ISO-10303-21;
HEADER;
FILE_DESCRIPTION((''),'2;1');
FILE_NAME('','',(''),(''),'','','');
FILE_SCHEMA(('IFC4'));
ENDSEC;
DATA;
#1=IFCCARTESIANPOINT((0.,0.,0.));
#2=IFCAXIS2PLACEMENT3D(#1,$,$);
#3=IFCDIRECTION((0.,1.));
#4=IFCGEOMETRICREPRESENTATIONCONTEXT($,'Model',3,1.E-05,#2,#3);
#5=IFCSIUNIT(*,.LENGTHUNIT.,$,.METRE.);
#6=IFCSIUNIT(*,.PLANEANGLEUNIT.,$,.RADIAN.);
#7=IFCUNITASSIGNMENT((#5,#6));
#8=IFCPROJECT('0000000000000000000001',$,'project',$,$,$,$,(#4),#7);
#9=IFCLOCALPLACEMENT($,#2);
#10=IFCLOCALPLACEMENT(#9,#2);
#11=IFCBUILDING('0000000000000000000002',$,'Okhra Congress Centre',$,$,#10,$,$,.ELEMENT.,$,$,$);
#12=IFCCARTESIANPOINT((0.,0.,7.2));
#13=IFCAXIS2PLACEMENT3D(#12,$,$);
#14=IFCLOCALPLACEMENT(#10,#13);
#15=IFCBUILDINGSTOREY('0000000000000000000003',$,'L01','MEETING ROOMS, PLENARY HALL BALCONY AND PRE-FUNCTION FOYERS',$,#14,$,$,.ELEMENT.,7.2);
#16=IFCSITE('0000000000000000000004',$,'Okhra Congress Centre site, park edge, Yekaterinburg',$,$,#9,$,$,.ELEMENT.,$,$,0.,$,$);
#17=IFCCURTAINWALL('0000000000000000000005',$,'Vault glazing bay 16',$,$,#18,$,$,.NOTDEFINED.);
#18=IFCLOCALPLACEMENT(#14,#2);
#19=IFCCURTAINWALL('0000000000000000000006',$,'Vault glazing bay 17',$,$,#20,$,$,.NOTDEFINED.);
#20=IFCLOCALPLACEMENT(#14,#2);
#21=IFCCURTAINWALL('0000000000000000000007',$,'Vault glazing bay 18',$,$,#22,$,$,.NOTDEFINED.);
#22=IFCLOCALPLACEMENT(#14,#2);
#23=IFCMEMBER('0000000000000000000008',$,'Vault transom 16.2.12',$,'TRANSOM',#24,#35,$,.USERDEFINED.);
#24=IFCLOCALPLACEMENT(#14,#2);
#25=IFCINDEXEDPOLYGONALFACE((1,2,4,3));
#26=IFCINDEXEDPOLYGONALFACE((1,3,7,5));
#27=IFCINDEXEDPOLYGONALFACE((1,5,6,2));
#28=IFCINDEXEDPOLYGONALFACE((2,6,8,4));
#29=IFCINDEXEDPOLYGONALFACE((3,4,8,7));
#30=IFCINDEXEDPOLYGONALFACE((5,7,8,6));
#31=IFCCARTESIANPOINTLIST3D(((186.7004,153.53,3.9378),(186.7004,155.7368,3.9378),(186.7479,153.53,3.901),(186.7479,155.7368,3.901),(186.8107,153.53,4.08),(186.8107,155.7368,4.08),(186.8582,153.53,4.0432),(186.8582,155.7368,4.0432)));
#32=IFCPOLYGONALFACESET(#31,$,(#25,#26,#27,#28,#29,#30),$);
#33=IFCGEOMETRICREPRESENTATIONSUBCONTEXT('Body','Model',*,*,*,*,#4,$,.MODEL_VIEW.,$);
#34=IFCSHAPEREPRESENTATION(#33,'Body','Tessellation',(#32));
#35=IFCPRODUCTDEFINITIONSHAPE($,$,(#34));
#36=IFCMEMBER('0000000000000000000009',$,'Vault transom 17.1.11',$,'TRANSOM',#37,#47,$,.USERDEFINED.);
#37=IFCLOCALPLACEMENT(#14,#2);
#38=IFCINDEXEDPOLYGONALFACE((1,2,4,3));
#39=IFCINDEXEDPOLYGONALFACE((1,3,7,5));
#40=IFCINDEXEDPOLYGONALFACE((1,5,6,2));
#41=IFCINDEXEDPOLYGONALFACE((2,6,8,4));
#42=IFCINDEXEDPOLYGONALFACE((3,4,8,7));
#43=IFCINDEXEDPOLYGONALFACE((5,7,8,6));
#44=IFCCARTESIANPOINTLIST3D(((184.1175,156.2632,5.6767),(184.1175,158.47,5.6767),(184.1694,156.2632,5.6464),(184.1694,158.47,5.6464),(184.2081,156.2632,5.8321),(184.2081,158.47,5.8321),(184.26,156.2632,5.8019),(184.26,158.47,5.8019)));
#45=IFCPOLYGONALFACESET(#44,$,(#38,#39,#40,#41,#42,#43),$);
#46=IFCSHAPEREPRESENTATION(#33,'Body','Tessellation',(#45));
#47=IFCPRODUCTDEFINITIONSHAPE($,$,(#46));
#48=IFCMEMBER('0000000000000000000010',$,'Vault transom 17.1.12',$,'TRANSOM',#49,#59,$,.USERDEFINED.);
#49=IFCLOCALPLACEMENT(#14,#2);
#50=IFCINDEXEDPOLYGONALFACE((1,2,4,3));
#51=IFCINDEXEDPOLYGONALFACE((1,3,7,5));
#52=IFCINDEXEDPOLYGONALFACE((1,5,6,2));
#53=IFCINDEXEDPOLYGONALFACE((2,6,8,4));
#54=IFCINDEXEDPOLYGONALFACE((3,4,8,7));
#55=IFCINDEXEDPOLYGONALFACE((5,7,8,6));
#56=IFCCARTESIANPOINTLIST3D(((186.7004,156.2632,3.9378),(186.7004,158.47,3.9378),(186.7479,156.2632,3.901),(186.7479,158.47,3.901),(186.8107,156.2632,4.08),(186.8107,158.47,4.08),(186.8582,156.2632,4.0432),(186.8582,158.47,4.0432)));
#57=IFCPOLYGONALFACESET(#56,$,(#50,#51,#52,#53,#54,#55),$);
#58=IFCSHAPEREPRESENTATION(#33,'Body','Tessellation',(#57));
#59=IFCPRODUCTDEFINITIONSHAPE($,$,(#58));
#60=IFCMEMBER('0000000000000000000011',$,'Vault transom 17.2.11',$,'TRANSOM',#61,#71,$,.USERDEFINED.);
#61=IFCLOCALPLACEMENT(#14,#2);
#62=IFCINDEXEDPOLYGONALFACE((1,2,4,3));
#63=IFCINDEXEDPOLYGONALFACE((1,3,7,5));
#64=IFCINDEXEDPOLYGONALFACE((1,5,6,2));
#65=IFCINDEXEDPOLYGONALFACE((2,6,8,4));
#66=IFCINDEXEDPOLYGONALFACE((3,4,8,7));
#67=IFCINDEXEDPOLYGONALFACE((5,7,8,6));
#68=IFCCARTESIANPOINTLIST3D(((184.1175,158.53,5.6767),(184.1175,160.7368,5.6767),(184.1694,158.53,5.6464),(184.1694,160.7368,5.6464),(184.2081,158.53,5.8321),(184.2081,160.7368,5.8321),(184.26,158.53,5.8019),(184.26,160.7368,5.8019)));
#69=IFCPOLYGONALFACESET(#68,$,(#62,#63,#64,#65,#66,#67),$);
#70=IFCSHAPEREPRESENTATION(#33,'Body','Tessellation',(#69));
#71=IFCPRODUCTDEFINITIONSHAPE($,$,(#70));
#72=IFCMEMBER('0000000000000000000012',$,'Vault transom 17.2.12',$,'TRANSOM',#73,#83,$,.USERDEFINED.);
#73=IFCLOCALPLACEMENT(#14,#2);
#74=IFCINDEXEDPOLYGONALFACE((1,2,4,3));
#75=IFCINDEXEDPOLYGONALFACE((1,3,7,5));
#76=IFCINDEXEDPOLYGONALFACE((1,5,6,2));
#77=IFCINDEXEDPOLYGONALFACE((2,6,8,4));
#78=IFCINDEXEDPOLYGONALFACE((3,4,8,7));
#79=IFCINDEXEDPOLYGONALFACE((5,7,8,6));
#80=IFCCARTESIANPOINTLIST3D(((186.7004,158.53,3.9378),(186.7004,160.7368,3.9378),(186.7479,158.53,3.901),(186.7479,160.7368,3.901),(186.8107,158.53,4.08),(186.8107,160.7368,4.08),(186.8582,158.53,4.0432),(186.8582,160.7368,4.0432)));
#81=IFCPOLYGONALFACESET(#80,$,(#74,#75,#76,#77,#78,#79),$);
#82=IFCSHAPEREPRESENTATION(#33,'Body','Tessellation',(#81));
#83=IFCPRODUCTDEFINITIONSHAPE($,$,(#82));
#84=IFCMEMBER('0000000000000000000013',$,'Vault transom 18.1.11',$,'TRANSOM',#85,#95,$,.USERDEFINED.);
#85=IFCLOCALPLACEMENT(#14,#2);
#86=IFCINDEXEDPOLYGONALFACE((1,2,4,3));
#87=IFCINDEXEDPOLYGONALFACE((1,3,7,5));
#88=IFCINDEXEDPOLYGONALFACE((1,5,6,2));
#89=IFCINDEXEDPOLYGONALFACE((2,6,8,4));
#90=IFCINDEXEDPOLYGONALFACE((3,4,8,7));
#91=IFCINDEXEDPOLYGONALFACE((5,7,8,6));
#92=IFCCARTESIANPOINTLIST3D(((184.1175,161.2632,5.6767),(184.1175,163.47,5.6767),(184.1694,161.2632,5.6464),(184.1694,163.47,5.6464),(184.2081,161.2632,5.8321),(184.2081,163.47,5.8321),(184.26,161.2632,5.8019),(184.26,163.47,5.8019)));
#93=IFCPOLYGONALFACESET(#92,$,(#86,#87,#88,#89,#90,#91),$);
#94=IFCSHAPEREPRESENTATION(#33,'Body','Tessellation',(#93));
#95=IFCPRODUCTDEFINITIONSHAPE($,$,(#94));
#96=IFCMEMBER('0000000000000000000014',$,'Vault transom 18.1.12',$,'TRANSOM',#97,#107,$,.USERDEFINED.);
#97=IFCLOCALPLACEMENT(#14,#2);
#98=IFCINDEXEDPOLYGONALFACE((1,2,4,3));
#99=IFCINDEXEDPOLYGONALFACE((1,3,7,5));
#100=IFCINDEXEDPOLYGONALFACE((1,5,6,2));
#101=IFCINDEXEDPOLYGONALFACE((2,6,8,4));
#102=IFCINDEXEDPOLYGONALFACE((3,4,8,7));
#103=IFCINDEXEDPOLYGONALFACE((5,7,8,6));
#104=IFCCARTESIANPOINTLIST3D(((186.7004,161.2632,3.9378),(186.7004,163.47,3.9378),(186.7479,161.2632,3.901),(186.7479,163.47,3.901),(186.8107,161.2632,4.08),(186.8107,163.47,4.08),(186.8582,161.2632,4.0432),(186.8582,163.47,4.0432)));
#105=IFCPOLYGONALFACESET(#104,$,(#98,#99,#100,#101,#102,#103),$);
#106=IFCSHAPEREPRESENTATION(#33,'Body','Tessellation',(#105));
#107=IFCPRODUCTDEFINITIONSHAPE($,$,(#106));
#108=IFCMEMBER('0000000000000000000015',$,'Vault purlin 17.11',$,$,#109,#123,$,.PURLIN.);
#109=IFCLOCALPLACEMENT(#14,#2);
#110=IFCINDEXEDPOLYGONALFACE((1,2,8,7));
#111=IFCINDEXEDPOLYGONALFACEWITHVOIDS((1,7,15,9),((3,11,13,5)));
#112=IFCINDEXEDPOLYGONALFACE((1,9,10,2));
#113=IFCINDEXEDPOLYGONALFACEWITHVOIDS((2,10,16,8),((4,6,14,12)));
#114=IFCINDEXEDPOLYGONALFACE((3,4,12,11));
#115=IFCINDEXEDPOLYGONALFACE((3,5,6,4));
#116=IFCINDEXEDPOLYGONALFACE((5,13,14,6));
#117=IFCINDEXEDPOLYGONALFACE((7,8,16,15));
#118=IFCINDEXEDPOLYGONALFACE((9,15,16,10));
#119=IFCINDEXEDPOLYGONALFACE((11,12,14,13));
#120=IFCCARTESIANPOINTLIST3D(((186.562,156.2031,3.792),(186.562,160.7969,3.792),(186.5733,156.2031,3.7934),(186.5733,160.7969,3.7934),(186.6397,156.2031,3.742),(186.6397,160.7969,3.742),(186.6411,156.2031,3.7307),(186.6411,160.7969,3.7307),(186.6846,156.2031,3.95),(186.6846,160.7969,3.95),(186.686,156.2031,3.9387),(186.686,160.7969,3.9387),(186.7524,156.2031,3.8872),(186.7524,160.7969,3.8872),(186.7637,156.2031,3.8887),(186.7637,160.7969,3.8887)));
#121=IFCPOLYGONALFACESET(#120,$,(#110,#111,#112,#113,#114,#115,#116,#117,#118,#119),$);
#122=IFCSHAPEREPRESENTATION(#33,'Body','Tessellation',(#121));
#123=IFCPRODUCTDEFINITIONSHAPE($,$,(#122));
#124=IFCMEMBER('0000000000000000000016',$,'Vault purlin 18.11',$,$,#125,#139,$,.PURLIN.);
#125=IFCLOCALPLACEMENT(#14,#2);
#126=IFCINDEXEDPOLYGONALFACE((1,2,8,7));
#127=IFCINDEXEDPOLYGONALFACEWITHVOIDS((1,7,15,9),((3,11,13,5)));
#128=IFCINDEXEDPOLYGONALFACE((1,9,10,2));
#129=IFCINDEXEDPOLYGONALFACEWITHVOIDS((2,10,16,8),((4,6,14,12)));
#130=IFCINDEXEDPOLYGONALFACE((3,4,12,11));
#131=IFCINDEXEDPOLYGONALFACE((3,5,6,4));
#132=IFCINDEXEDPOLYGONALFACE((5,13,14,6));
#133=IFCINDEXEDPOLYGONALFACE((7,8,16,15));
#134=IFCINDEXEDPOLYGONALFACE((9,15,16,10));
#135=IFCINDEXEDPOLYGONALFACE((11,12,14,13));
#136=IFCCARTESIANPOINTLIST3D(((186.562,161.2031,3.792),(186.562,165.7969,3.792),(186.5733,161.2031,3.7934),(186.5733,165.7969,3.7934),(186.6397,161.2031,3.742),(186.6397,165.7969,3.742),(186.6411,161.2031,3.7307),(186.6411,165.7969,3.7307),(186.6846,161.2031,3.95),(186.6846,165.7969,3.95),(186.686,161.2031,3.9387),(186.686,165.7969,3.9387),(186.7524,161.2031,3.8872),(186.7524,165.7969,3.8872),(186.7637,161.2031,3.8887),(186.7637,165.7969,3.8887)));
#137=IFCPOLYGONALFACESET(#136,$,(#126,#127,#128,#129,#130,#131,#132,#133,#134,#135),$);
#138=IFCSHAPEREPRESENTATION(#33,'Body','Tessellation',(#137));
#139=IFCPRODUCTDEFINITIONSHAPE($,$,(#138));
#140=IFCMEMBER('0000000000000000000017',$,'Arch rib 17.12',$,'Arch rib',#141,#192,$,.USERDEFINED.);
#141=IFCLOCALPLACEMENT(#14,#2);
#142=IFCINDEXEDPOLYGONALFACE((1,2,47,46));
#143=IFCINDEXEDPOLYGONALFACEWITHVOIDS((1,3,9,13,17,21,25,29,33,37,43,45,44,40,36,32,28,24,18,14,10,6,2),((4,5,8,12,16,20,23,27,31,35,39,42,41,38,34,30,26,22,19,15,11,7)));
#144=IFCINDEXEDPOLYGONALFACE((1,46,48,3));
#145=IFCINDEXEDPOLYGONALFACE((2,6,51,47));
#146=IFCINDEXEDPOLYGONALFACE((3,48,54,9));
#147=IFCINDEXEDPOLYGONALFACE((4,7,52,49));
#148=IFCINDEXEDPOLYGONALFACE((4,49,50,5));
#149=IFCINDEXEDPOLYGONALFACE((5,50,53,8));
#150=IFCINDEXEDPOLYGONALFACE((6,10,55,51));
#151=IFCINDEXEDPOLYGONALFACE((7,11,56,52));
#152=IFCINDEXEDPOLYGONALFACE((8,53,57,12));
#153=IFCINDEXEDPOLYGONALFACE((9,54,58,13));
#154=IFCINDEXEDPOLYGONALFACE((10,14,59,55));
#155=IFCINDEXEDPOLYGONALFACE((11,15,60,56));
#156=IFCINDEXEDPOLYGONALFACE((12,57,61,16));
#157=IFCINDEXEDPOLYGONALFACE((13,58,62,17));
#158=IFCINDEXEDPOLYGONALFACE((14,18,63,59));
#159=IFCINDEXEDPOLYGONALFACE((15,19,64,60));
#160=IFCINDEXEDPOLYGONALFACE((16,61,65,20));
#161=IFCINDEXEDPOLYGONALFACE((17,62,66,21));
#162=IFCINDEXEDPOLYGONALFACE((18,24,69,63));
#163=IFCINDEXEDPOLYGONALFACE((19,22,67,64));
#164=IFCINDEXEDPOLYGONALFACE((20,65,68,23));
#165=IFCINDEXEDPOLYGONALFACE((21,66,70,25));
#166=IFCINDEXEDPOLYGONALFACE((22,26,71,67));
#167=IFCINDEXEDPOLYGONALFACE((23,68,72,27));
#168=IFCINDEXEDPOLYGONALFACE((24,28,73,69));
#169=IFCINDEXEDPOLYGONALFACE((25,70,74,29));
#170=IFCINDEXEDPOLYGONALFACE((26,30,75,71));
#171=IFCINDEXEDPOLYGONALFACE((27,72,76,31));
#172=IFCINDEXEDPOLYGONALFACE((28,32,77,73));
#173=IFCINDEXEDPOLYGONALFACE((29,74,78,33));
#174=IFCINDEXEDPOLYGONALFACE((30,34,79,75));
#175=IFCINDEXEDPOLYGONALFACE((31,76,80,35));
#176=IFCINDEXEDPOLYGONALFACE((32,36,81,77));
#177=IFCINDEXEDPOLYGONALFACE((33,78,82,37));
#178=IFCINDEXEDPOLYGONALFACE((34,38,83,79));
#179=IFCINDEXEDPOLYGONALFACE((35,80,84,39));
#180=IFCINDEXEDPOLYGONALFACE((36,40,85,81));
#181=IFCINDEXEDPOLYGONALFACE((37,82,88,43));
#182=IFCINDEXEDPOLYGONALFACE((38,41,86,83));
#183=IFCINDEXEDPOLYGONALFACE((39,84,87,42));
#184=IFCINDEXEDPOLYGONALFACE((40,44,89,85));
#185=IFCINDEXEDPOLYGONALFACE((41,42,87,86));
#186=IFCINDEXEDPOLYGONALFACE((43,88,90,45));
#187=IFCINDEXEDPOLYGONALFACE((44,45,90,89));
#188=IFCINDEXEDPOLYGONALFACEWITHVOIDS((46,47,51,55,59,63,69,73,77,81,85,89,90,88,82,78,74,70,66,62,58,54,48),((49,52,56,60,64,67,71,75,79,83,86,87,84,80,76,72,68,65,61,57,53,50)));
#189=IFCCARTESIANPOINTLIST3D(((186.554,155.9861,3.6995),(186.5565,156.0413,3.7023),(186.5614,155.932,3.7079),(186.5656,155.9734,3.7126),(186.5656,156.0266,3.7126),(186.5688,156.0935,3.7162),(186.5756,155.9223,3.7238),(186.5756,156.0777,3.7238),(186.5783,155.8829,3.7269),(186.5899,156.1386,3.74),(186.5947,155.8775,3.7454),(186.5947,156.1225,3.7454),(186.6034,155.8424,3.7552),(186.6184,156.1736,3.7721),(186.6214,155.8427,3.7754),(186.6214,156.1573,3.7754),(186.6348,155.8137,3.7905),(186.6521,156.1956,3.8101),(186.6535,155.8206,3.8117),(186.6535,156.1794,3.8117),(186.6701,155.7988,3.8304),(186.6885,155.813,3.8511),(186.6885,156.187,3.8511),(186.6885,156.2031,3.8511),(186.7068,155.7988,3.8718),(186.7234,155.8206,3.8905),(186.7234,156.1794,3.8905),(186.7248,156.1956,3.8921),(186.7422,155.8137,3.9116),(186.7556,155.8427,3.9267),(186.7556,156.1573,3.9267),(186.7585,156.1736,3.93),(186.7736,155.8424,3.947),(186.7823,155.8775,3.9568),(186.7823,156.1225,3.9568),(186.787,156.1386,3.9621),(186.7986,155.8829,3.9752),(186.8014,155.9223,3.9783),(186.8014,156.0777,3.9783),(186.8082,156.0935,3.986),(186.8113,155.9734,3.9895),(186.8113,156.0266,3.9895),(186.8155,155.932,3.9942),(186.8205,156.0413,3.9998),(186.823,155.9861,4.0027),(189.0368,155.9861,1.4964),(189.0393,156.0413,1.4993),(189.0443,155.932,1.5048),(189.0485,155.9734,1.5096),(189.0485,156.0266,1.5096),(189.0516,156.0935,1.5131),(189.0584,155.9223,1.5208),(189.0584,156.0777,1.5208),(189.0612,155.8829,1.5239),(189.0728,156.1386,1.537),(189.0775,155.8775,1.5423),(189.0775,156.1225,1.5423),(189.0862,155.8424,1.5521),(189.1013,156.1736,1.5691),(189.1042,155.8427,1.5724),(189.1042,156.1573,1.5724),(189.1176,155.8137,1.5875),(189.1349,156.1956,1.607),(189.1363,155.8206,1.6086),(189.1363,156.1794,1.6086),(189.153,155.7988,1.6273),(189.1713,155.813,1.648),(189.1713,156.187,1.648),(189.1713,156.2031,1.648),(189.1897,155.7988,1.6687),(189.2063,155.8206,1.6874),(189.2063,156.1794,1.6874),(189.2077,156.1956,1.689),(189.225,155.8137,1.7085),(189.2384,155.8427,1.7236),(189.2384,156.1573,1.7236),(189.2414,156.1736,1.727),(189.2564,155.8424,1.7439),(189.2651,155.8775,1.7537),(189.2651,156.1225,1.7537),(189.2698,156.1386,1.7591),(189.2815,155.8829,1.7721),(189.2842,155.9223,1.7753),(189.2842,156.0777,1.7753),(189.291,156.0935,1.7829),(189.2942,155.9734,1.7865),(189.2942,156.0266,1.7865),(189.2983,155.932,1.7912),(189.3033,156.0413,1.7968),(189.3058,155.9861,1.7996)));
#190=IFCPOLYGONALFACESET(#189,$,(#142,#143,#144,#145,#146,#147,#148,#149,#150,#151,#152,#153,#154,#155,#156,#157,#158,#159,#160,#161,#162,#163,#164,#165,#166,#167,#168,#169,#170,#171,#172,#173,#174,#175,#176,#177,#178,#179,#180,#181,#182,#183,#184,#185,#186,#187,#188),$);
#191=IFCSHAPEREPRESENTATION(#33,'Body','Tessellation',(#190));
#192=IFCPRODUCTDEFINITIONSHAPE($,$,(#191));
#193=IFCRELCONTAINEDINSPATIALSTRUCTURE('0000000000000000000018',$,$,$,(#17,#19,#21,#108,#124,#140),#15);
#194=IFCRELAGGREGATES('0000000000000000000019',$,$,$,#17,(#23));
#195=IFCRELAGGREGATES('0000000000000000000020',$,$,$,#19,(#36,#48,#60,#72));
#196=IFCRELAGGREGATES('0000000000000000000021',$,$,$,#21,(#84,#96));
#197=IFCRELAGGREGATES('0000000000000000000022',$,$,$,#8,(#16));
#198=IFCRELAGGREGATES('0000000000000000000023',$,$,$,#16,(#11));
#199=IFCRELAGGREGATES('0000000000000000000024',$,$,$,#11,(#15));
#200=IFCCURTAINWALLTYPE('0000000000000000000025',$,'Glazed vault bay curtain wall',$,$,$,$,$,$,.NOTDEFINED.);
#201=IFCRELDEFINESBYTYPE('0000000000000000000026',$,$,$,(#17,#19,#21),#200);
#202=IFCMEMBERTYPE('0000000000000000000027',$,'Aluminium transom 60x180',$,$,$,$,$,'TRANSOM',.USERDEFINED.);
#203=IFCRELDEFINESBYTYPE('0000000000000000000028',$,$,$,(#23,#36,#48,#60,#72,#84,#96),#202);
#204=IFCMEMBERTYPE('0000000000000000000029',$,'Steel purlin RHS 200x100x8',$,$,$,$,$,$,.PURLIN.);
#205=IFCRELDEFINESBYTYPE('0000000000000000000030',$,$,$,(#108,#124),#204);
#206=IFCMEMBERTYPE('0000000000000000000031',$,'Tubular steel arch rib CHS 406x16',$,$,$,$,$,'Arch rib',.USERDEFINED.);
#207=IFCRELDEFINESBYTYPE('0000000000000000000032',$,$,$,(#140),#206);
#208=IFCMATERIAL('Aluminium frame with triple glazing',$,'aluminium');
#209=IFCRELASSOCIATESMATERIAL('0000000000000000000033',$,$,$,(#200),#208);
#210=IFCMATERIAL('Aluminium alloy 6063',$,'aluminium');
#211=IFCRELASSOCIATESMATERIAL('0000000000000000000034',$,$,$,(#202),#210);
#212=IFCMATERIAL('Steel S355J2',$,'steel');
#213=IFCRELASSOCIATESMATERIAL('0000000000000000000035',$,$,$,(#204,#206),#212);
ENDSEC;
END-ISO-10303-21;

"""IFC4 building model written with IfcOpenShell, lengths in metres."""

from ifc_helpers import new_model, si_unit, direction, frame, origin, origin_2d, place, context, subcontext, project, spatial, rectangle, hollow_rectangle, hollow_circle, extrude, material, material_profile, profile_set, type_object, element, aggregate, save


model = new_model("IFC4")

# Units and contexts
model_context = context("Model", 3, precision=1e-05, world=origin(), true_north=direction((0.0, 1.0)))
body_context = subcontext(model_context, "Body", "Model", "MODEL_VIEW")
ifc_project = project(units=[si_unit("LENGTHUNIT", "METRE"), si_unit("PLANEANGLEUNIT", "RADIAN")], contexts=[model_context])

# Site, building, storey
site_placement = place(None, origin())
site = spatial("IfcSite", under=ifc_project, at=site_placement, Name="Okhra Congress Centre site, park edge, Yekaterinburg", CompositionType="ELEMENT", RefElevation=0.0)
building_placement = place(site_placement, origin())
building = spatial("IfcBuilding", under=site, at=building_placement, Name="Okhra Congress Centre", CompositionType="ELEMENT")
storey_placement = place(building_placement, frame((0.0, 0.0, 7.2)))
storey = spatial("IfcBuildingStorey", under=building, at=storey_placement, Name="L01", Description="MEETING ROOMS, PLENARY HALL BALCONY AND PRE-FUNCTION FOYERS", CompositionType="ELEMENT", Elevation=7.2)

# Curtain walls
ifc_material_1 = material(Name="Aluminium frame with triple glazing", Category="aluminium")
curtain_wall_type = type_object("IfcCurtainWallType", Name="Glazed vault bay curtain wall", PredefinedType="NOTDEFINED", material=ifc_material_1)
curtain_wall_1_placement = place(storey_placement, origin())
curtain_wall_1 = element("IfcCurtainWall", 1, at=curtain_wall_1_placement, inside=storey, type_object=curtain_wall_type, Name="Vault glazing bay 16", PredefinedType="NOTDEFINED")
ifc_material_2 = material(Name="Aluminium alloy 6063", Category="aluminium")
curtain_wall_2_placement = place(storey_placement, origin())
curtain_wall_2 = element("IfcCurtainWall", 2, at=curtain_wall_2_placement, inside=storey, type_object=curtain_wall_type, Name="Vault glazing bay 17", PredefinedType="NOTDEFINED")
curtain_wall_3_placement = place(storey_placement, origin())
curtain_wall_3 = element("IfcCurtainWall", 3, at=curtain_wall_3_placement, inside=storey, type_object=curtain_wall_type, Name="Vault glazing bay 18", PredefinedType="NOTDEFINED")

# Members
ifc_material_profile_1 = material_profile(ifc_material_2, rectangle(XDim=0.0601, YDim=0.1799, at=origin_2d()), Name="AL 60x180 transom")
ifc_profile_set_1 = profile_set([ifc_material_profile_1], Name="Aluminium alloy 6063")
member_type_1 = type_object("IfcMemberType", Name="Aluminium transom 60x180", ElementType="TRANSOM", PredefinedType="USERDEFINED", material=ifc_profile_set_1)
member_1_placement = place(storey_placement, frame((186.7793, 153.53, 3.9905), z_axis=(0.0, 1.0, 0.0), x_axis=(-0.790145, 0.0, 0.61292)))
member_1 = element("IfcMember", 4, at=member_1_placement, type_object=member_type_1, Name="Vault transom 16.2.12", ObjectType="TRANSOM", PredefinedType="USERDEFINED", context=body_context, shape_type="SweptSolid", body=[
    extrude(rectangle(XDim=0.0601, YDim=0.1799, at=origin_2d()), origin(), (0.0, 0.0, 1.0), 2.2068),
])
member_2_placement = place(storey_placement, frame((184.1887, 156.2632, 5.7393), z_axis=(0.0, 1.0, 0.0), x_axis=(-0.863917, 0.0, 0.503634)))
member_2 = element("IfcMember", 5, at=member_2_placement, type_object=member_type_1, Name="Vault transom 17.1.11", ObjectType="TRANSOM", PredefinedType="USERDEFINED", context=body_context, shape_type="SweptSolid", body=[
    extrude(rectangle(XDim=0.0601, YDim=0.1799, at=origin_2d()), origin(), (0.0, 0.0, 1.0), 2.2068),
])
member_3_placement = place(storey_placement, frame((186.7793, 156.2632, 3.9905), z_axis=(0.0, 1.0, 0.0), x_axis=(-0.790145, 0.0, 0.61292)))
member_3 = element("IfcMember", 6, at=member_3_placement, type_object=member_type_1, Name="Vault transom 17.1.12", ObjectType="TRANSOM", PredefinedType="USERDEFINED", context=body_context, shape_type="SweptSolid", body=[
    extrude(rectangle(XDim=0.0601, YDim=0.1799, at=origin_2d()), origin(), (0.0, 0.0, 1.0), 2.2068),
])
member_4_placement = place(storey_placement, frame((184.1887, 158.53, 5.7393), z_axis=(0.0, 1.0, 0.0), x_axis=(-0.863917, 0.0, 0.503634)))
member_4 = element("IfcMember", 7, at=member_4_placement, type_object=member_type_1, Name="Vault transom 17.2.11", ObjectType="TRANSOM", PredefinedType="USERDEFINED", context=body_context, shape_type="SweptSolid", body=[
    extrude(rectangle(XDim=0.0601, YDim=0.1799, at=origin_2d()), origin(), (0.0, 0.0, 1.0), 2.2068),
])
member_5_placement = place(storey_placement, frame((186.7793, 158.53, 3.9905), z_axis=(0.0, 1.0, 0.0), x_axis=(-0.790145, 0.0, 0.61292)))
member_5 = element("IfcMember", 8, at=member_5_placement, type_object=member_type_1, Name="Vault transom 17.2.12", ObjectType="TRANSOM", PredefinedType="USERDEFINED", context=body_context, shape_type="SweptSolid", body=[
    extrude(rectangle(XDim=0.0601, YDim=0.1799, at=origin_2d()), origin(), (0.0, 0.0, 1.0), 2.2068),
])
member_6_placement = place(storey_placement, frame((184.1887, 161.2632, 5.7393), z_axis=(0.0, 1.0, 0.0), x_axis=(-0.863917, 0.0, 0.503634)))
member_6 = element("IfcMember", 9, at=member_6_placement, type_object=member_type_1, Name="Vault transom 18.1.11", ObjectType="TRANSOM", PredefinedType="USERDEFINED", context=body_context, shape_type="SweptSolid", body=[
    extrude(rectangle(XDim=0.0601, YDim=0.1799, at=origin_2d()), origin(), (0.0, 0.0, 1.0), 2.2068),
])
member_7_placement = place(storey_placement, frame((186.7793, 161.2632, 3.9905), z_axis=(0.0, 1.0, 0.0), x_axis=(-0.790145, 0.0, 0.61292)))
member_7 = element("IfcMember", 10, at=member_7_placement, type_object=member_type_1, Name="Vault transom 18.1.12", ObjectType="TRANSOM", PredefinedType="USERDEFINED", context=body_context, shape_type="SweptSolid", body=[
    extrude(rectangle(XDim=0.0601, YDim=0.1799, at=origin_2d()), origin(), (0.0, 0.0, 1.0), 2.2068),
])

# Members
ifc_material_3 = material(Name="Steel S355J2", Category="steel")
ifc_material_profile_2 = material_profile(ifc_material_3, hollow_rectangle(XDim=0.1001, YDim=0.2, WallThickness=0.0081, at=origin_2d()), Name="RHS 200x100x8")
ifc_profile_set_2 = profile_set([ifc_material_profile_2], Name="Steel S355J2")
member_type_2 = type_object("IfcMemberType", Name="Steel purlin RHS 200x100x8", PredefinedType="PURLIN", material=ifc_profile_set_2)
for number, where, z_axis, x_axis, name in (
    (11, (186.6628, 156.2031, 3.8403), (0.0, 1.0, 0.0), (-0.790145, 0.0, 0.61292), "Vault purlin 17.11"),
    (12, (186.6628, 161.2031, 3.8403), (0.0, 1.0, 0.0), (-0.790145, 0.0, 0.61292), "Vault purlin 18.11"),
):
    element("IfcMember", number, at=place(storey_placement, frame(where, z_axis=z_axis, x_axis=x_axis)), inside=storey, type_object=member_type_2, Name=name, PredefinedType="PURLIN", context=body_context, shape_type="SweptSolid", body=[
        extrude(hollow_rectangle(XDim=0.1001, YDim=0.2, WallThickness=0.0081, at=origin_2d()), origin(), (0.0, 0.0, 1.0), 4.5938),
    ])
ifc_material_profile_3 = material_profile(ifc_material_3, hollow_circle(Radius=0.2031, WallThickness=0.0161, at=origin_2d()), Name="CHS 406.4x16")
ifc_profile_set_3 = profile_set([ifc_material_profile_3], Name="Steel S355J2")
member_type_3 = type_object("IfcMemberType", Name="Tubular steel arch rib CHS 406x16", ElementType="Arch rib", PredefinedType="USERDEFINED", material=ifc_profile_set_3)
for number, where, z_axis, x_axis, name in (
    (13, (186.6885, 156.0, 3.8511), (0.747993, 0.0, -0.663706), (0.0, 1.0, 0.0), "Arch rib 17.12"),
):
    element("IfcMember", number, at=place(storey_placement, frame(where, z_axis=z_axis, x_axis=x_axis)), inside=storey, type_object=member_type_3, Name=name, ObjectType="Arch rib", PredefinedType="USERDEFINED", context=body_context, shape_type="SweptSolid", body=[
        extrude(hollow_circle(Radius=0.2031, WallThickness=0.0161, at=origin_2d()), origin(), (0.0, 0.0, 1.0), 3.3193),
    ])

aggregate(curtain_wall_1, [member_1])
aggregate(curtain_wall_2, [member_2, member_3, member_4, member_5])
aggregate(curtain_wall_3, [member_6, member_7])

save(model, "model.ifc")
